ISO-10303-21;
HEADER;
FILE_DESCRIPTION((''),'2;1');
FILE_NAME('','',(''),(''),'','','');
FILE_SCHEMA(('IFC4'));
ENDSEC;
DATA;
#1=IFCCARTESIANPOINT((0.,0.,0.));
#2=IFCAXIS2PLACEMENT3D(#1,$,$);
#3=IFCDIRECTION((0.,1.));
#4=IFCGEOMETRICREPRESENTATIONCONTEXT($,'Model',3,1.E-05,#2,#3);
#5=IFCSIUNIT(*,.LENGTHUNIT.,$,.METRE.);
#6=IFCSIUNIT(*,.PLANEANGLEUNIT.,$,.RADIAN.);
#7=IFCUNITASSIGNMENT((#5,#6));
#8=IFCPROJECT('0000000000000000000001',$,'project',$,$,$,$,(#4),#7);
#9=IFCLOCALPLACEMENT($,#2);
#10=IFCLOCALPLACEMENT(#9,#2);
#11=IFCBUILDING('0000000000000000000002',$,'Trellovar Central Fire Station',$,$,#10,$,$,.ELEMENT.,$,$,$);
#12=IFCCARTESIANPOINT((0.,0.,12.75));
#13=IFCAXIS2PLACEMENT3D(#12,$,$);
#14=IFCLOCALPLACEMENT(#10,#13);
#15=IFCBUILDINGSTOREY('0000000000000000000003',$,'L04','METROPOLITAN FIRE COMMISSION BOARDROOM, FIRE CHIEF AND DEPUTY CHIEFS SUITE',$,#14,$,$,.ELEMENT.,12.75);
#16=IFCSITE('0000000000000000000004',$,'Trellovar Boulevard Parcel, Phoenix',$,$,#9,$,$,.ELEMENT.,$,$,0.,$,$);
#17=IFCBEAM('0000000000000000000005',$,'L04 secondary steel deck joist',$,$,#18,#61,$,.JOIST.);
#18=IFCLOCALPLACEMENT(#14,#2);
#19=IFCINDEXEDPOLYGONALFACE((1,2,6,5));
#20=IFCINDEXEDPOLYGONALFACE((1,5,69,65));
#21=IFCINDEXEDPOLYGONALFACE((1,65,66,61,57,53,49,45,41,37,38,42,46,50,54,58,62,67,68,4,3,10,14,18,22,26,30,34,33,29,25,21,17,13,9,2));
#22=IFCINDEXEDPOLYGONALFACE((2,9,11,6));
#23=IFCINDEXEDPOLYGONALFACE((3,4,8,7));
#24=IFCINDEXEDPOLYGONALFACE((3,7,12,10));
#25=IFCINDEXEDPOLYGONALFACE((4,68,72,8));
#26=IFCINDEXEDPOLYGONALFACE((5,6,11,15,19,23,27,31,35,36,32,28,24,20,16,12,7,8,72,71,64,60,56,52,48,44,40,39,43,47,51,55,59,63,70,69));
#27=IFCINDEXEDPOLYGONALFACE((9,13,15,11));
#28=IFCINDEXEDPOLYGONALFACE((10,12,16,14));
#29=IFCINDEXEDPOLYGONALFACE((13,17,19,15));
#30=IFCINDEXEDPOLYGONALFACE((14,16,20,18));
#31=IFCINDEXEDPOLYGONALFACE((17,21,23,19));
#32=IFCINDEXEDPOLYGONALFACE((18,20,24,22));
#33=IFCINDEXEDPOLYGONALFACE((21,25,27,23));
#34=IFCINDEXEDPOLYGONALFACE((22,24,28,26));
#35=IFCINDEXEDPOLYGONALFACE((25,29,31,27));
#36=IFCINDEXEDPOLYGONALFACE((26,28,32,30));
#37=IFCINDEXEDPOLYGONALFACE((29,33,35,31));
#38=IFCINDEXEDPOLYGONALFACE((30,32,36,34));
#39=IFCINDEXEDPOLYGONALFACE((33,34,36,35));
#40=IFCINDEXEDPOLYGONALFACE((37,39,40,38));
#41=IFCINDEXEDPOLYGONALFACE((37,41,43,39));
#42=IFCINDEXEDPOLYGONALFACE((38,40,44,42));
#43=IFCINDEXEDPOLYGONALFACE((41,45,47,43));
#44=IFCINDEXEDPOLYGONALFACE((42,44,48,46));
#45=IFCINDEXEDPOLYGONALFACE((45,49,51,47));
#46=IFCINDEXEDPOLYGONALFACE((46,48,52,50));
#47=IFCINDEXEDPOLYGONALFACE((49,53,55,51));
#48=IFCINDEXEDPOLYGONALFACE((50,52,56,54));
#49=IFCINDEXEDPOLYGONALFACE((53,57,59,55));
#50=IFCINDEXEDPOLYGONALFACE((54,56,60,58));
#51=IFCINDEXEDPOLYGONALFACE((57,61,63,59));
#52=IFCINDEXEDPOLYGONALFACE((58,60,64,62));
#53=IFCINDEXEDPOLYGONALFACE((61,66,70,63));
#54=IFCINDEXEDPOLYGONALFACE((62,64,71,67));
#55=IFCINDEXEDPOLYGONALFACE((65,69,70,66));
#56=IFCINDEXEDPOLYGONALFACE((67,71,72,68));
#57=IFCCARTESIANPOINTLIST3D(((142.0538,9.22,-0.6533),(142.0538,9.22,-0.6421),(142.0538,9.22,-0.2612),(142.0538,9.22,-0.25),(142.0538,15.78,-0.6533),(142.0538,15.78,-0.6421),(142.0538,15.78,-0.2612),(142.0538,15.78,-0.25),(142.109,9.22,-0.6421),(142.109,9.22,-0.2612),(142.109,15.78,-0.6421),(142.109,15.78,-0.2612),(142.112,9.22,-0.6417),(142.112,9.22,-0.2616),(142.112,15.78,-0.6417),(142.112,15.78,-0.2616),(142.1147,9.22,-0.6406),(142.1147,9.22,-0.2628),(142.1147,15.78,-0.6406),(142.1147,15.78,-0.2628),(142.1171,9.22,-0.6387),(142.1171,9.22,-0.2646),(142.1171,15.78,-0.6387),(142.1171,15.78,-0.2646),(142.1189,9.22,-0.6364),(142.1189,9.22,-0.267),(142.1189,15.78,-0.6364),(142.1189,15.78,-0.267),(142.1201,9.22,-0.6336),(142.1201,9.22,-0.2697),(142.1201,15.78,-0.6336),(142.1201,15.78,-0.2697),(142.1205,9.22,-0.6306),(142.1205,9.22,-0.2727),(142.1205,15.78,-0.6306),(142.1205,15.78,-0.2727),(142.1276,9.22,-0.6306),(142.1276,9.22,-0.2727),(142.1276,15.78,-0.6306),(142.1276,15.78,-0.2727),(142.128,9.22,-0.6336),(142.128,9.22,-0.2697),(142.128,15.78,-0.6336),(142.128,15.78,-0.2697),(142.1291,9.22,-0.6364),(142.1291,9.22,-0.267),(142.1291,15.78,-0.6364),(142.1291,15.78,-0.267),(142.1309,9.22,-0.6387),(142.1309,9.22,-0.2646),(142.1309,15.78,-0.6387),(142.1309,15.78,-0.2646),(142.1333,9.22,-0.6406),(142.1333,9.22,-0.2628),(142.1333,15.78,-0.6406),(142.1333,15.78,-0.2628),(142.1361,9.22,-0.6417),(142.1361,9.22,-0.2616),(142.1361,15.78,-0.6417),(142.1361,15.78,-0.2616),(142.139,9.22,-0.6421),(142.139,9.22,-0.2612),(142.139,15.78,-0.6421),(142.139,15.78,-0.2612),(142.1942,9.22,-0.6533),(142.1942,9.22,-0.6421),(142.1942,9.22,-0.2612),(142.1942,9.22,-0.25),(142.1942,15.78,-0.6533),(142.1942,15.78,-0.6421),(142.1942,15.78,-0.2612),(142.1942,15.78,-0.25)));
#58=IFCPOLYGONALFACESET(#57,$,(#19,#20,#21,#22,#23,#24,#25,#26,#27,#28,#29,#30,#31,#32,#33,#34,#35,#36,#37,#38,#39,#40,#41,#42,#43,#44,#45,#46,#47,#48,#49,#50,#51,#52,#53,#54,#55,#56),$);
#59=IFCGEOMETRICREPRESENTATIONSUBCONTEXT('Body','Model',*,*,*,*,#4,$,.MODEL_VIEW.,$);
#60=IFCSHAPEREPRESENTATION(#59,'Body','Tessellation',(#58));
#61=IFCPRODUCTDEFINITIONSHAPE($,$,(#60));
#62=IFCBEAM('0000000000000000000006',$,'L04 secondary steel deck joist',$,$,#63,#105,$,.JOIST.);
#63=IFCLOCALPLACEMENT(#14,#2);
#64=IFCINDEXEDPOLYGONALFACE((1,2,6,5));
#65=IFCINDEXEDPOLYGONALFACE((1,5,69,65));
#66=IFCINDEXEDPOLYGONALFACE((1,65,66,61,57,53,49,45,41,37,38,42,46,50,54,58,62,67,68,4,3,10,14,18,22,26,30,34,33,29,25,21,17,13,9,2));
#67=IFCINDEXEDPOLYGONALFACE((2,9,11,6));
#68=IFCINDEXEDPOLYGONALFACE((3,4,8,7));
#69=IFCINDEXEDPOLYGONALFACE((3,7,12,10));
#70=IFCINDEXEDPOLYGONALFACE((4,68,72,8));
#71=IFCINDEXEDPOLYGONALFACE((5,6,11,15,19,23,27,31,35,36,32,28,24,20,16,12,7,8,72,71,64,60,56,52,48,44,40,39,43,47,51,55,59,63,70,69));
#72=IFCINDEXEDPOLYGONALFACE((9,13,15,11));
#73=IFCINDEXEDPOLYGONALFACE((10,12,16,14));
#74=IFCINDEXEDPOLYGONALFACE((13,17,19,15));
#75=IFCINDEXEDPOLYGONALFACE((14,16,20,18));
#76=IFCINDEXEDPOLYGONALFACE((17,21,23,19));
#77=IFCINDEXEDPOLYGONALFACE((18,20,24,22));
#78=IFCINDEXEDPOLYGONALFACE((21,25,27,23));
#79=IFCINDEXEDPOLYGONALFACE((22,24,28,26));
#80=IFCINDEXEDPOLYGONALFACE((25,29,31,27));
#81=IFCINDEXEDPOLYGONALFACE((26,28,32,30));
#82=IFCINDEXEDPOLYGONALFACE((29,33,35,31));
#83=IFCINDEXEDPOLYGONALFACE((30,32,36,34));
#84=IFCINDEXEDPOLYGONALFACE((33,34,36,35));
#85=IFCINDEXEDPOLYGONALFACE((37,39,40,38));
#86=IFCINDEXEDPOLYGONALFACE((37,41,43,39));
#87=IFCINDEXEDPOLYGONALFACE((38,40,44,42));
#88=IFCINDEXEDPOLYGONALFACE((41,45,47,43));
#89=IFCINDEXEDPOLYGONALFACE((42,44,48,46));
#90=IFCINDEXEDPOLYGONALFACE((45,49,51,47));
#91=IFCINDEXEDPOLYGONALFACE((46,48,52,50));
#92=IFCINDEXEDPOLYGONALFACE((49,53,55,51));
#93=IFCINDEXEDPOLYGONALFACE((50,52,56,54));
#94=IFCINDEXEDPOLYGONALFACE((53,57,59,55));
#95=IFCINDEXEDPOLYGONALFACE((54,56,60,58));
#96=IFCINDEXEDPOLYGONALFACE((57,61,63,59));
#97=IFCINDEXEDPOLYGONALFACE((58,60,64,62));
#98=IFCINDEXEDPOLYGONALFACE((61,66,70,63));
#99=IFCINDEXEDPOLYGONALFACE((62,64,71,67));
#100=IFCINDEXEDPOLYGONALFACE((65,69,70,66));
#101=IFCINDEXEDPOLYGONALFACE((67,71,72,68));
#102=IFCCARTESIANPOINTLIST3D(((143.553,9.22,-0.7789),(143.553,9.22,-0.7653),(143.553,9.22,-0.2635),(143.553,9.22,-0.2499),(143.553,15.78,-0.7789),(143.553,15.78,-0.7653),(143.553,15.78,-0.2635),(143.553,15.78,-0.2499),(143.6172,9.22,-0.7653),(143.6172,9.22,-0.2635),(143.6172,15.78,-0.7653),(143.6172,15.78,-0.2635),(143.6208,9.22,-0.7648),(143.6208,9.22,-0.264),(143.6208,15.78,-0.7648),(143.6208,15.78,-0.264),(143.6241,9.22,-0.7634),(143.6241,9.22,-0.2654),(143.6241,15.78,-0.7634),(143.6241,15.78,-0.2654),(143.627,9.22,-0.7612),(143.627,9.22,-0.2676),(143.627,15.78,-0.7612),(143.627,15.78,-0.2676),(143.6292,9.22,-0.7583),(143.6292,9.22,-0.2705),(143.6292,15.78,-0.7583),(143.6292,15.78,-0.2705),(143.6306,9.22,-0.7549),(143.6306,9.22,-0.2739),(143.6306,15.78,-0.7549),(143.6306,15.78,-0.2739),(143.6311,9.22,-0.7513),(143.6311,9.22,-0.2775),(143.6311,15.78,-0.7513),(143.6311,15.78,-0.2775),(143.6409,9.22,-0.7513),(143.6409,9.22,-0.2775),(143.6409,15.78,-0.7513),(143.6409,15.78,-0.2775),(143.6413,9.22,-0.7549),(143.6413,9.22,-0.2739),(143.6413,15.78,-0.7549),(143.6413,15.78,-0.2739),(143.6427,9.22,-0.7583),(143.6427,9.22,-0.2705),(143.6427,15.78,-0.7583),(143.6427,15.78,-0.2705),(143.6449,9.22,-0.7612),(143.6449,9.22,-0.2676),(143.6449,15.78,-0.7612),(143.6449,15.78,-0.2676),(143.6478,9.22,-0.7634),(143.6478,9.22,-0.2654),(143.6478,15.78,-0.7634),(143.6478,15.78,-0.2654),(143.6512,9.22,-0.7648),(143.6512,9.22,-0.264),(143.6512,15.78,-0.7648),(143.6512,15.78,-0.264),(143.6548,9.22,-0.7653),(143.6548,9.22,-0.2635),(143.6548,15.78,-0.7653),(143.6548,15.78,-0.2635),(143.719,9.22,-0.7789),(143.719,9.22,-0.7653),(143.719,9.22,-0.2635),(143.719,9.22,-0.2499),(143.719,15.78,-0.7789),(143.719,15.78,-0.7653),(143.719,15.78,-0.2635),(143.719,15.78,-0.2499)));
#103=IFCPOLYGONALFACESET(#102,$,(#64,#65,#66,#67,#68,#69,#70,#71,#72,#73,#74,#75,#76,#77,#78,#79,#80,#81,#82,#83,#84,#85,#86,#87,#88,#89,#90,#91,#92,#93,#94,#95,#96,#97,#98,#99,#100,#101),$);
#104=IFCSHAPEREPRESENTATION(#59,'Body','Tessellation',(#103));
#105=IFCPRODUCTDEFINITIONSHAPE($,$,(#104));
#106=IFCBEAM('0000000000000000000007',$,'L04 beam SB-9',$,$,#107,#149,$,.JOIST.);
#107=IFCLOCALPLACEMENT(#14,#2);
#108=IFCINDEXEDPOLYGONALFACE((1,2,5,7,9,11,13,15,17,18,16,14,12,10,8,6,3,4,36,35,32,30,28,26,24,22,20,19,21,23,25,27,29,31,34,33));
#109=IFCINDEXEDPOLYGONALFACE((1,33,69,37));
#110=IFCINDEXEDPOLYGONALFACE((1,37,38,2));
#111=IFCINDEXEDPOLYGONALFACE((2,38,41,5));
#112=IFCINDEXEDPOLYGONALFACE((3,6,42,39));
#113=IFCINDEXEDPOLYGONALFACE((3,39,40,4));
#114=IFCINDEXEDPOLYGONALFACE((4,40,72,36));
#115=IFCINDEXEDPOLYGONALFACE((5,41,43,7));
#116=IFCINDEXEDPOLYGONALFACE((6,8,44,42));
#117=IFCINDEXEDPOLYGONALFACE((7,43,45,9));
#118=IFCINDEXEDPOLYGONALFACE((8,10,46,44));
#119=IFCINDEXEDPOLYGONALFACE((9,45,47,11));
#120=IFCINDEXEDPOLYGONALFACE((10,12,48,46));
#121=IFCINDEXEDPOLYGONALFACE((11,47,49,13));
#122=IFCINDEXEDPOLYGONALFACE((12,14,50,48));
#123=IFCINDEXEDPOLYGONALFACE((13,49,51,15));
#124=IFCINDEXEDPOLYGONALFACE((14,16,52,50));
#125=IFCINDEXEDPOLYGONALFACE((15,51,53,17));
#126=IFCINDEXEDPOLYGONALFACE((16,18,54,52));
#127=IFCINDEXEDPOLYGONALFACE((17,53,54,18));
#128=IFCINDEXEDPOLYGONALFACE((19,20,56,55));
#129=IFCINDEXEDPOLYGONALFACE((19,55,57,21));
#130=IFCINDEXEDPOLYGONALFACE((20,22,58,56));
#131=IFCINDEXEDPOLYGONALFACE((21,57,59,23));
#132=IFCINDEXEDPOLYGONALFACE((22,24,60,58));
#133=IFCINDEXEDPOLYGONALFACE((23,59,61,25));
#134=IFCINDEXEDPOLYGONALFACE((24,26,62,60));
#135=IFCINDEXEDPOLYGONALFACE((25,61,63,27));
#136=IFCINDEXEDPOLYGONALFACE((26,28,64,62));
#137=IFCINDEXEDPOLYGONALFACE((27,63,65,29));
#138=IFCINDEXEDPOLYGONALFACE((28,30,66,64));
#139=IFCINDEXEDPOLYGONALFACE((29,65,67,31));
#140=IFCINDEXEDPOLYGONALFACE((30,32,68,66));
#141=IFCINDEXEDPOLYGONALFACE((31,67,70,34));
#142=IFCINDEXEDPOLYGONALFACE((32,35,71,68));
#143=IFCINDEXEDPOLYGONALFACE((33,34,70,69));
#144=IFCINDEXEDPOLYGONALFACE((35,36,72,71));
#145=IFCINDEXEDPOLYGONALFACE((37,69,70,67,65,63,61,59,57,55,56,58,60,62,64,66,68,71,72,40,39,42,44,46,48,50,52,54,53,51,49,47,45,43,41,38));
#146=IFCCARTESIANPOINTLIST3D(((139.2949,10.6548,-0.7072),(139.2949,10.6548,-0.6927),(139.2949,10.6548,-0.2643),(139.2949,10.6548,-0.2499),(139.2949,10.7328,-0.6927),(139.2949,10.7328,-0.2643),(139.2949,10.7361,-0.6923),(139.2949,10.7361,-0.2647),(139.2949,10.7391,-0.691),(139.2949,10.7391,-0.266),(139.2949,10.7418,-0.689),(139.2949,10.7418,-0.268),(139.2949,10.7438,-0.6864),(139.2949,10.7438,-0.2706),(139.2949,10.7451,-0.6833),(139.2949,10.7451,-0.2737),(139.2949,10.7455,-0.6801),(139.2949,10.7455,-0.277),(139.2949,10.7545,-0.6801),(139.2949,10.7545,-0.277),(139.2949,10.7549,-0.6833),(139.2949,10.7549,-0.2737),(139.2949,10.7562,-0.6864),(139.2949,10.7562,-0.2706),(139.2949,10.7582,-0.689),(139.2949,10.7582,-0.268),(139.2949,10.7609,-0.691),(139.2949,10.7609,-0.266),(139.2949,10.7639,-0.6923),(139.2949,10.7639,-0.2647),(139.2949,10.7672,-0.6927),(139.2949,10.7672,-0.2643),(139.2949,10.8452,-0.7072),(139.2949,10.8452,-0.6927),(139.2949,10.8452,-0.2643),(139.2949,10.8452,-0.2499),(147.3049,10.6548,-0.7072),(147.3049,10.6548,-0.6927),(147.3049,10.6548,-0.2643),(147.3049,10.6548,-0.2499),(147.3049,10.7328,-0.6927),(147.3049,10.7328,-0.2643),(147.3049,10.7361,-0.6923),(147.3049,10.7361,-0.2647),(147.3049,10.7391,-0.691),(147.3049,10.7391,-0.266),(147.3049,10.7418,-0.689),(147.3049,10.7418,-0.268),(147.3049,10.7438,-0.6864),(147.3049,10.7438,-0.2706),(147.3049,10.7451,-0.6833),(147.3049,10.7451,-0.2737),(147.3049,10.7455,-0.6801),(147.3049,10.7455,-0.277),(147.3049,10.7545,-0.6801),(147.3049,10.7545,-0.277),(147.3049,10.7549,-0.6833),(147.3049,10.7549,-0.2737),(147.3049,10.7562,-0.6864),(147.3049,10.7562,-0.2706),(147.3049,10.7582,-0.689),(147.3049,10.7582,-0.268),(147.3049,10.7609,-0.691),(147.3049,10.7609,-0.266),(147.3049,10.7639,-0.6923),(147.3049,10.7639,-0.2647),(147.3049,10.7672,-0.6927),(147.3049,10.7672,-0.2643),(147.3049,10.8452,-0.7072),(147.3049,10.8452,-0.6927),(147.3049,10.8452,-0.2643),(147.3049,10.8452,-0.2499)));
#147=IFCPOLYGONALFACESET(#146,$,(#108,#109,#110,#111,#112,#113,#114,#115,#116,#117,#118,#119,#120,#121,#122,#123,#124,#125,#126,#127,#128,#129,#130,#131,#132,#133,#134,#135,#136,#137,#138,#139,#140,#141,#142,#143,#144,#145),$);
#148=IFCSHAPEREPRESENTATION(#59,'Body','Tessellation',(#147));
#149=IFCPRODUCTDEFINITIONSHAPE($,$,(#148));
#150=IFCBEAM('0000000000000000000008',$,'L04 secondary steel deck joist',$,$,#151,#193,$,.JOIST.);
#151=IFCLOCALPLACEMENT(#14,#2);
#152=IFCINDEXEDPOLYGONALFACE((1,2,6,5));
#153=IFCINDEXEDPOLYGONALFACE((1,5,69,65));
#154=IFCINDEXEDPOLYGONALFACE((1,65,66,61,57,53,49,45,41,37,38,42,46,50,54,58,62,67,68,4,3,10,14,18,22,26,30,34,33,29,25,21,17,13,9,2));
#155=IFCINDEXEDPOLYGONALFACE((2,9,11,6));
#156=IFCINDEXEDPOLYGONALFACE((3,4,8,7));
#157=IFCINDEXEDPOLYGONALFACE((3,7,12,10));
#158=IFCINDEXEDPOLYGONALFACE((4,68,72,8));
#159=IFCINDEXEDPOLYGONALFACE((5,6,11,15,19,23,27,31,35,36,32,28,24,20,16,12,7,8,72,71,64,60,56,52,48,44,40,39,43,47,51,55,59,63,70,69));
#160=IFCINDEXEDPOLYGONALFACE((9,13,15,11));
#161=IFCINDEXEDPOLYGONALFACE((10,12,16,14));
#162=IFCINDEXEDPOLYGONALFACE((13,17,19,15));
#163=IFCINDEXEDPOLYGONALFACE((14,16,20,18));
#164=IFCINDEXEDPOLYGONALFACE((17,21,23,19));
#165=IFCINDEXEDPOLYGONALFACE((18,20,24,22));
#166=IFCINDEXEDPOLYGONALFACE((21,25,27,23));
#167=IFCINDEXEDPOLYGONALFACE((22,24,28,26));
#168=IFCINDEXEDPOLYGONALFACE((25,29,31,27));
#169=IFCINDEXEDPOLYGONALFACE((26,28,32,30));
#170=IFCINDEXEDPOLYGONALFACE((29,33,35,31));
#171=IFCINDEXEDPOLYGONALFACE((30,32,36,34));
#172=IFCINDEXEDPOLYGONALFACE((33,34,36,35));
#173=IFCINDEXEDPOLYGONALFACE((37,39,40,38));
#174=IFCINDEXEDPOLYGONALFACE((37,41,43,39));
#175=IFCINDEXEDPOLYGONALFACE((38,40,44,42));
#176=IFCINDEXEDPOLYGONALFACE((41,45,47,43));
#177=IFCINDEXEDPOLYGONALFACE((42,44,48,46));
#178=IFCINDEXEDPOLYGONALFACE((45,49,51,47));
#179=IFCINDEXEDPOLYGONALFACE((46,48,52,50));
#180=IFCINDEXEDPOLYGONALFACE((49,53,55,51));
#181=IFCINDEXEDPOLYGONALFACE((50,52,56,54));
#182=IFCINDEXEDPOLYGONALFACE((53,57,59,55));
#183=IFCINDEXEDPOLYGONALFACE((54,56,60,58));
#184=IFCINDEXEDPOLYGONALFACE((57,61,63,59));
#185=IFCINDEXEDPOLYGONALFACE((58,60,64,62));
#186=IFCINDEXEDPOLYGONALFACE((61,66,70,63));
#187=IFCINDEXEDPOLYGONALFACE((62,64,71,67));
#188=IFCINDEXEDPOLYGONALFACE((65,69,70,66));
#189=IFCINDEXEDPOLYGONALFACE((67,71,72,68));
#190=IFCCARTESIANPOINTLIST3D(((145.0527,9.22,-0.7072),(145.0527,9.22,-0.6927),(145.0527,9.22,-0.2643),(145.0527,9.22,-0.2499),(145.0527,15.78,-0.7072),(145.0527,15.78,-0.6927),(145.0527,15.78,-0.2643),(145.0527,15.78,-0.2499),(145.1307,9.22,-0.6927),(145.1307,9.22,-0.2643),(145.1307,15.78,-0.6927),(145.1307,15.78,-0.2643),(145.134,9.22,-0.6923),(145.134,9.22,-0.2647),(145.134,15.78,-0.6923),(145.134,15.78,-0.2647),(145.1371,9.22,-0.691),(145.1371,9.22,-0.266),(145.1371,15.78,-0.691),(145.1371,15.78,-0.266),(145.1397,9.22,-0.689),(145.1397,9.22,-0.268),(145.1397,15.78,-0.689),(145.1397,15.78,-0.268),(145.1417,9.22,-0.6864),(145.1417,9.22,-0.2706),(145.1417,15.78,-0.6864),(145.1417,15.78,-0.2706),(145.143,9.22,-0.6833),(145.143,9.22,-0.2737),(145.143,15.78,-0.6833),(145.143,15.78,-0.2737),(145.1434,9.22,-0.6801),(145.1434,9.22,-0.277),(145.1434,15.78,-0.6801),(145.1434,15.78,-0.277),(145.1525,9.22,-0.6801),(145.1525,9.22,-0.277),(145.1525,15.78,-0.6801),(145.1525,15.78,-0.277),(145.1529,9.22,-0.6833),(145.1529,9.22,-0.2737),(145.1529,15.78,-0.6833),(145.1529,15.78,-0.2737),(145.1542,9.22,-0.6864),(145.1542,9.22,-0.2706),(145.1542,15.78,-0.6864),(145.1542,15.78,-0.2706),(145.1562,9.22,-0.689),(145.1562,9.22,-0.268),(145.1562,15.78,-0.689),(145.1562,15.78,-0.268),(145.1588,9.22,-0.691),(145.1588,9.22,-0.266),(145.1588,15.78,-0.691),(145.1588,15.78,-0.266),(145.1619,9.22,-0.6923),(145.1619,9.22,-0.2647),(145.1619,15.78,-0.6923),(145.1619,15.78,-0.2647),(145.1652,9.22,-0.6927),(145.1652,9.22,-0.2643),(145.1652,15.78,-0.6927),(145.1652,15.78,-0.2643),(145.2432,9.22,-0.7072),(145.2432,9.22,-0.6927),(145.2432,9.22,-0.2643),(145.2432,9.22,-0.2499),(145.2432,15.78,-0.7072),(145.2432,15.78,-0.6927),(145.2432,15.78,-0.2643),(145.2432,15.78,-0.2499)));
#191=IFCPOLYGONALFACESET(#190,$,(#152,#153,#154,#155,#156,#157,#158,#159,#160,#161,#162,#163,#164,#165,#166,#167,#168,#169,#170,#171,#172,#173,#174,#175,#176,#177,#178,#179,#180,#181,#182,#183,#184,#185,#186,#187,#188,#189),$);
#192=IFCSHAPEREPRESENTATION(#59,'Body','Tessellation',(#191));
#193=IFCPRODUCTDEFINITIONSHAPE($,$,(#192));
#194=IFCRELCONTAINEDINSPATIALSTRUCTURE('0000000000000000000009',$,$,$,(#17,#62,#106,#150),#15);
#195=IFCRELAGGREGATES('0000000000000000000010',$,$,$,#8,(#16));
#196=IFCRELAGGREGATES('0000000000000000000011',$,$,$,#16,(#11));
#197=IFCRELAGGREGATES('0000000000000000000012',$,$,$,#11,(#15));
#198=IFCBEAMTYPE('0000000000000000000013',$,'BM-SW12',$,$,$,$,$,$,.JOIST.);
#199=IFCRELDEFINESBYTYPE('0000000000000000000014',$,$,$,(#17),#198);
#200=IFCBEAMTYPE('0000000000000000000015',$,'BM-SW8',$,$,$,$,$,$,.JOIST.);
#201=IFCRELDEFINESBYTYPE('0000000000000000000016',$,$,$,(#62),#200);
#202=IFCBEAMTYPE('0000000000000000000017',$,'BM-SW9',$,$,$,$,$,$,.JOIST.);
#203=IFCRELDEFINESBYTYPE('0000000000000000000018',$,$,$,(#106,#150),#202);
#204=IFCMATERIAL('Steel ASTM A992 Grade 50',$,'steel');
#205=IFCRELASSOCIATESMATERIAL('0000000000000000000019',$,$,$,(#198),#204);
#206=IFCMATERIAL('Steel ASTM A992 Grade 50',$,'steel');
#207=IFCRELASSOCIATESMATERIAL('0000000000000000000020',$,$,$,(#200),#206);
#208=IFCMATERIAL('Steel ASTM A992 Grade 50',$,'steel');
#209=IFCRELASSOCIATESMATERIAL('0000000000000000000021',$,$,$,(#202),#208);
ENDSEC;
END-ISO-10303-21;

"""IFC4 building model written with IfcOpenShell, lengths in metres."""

from ifc_helpers import new_model, si_unit, direction, frame, origin, origin_2d, place, context, subcontext, project, spatial, i_section, extrude, material, material_profile, profile_set, type_object, element, save


model = new_model("IFC4")

# Units and contexts
model_context = context("Model", 3, precision=1e-05, world=origin(), true_north=direction((0.0, 1.0)))
body_context = subcontext(model_context, "Body", "Model", "MODEL_VIEW")
ifc_project = project(units=[si_unit("LENGTHUNIT", "METRE"), si_unit("PLANEANGLEUNIT", "RADIAN")], contexts=[model_context])

# Site, building, storey
site_placement = place(None, origin())
site = spatial("IfcSite", under=ifc_project, at=site_placement, Name="Trellovar Boulevard Parcel, Phoenix", CompositionType="ELEMENT", RefElevation=0.0)
building_placement = place(site_placement, origin())
building = spatial("IfcBuilding", under=site, at=building_placement, Name="Trellovar Central Fire Station", CompositionType="ELEMENT")
storey_placement = place(building_placement, frame((0.0, 0.0, 12.75)))
storey = spatial("IfcBuildingStorey", under=building, at=storey_placement, Name="L04", Description="METROPOLITAN FIRE COMMISSION BOARDROOM, FIRE CHIEF AND DEPUTY CHIEFS SUITE", CompositionType="ELEMENT", Elevation=12.75)

# Beams
ifc_material_1 = material(Name="Steel ASTM A992 Grade 50", Category="steel")
ifc_material_profile_1 = material_profile(ifc_material_1, i_section(OverallWidth=0.1404, OverallDepth=0.4033, WebThickness=0.0071, FlangeThickness=0.0112, FilletRadius=0.0115, at=origin_2d()), Name="W16X31")
ifc_profile_set_1 = profile_set([ifc_material_profile_1], Name="Steel ASTM A992 Grade 50")
beam_type_1 = type_object("IfcBeamType", Name="BM-SW12", PredefinedType="JOIST", material=ifc_profile_set_1)
beam_1_placement = place(storey_placement, frame((142.124, 9.22, -0.4517), z_axis=(0.0, 1.0, 0.0), x_axis=(-1.0, 0.0, 0.0)))
element("IfcBeam", 1, at=beam_1_placement, inside=storey, type_object=beam_type_1, Name="L04 secondary steel deck joist", PredefinedType="JOIST", context=body_context, shape_type="SweptSolid", body=[
    extrude(i_section(OverallWidth=0.1404, OverallDepth=0.4033, WebThickness=0.0071, FlangeThickness=0.0112, FilletRadius=0.0115, at=origin_2d()), origin(), (0.0, 0.0, 1.0), 6.5601),
])
ifc_material_2 = material(Name="Steel ASTM A992 Grade 50", Category="steel")
ifc_material_profile_2 = material_profile(ifc_material_2, i_section(OverallWidth=0.166, OverallDepth=0.5291, WebThickness=0.0098, FlangeThickness=0.0137, FilletRadius=0.0139, at=origin_2d()), Name="W21X50")
ifc_profile_set_2 = profile_set([ifc_material_profile_2], Name="Steel ASTM A992 Grade 50")
beam_type_2 = type_object("IfcBeamType", Name="BM-SW8", PredefinedType="JOIST", material=ifc_profile_set_2)
beam_2_placement = place(storey_placement, frame((143.636, 9.22, -0.5144), z_axis=(0.0, 1.0, 0.0), x_axis=(-1.0, 0.0, 0.0)))
element("IfcBeam", 2, at=beam_2_placement, inside=storey, type_object=beam_type_2, Name="L04 secondary steel deck joist", PredefinedType="JOIST", context=body_context, shape_type="SweptSolid", body=[
    extrude(i_section(OverallWidth=0.166, OverallDepth=0.5291, WebThickness=0.0098, FlangeThickness=0.0137, FilletRadius=0.0139, at=origin_2d()), origin(), (0.0, 0.0, 1.0), 6.5601),
])
ifc_material_3 = material(Name="Steel ASTM A992 Grade 50", Category="steel")
ifc_material_profile_3 = material_profile(ifc_material_3, i_section(OverallWidth=0.1904, OverallDepth=0.4573, WebThickness=0.009, FlangeThickness=0.0144, FilletRadius=0.0127, at=origin_2d()), Name="W18X50")
ifc_profile_set_3 = profile_set([ifc_material_profile_3], Name="Steel ASTM A992 Grade 50")
beam_type_3 = type_object("IfcBeamType", Name="BM-SW9", PredefinedType="JOIST", material=ifc_profile_set_3)
beam_3_placement = place(storey_placement, frame((139.2949, 10.75, -0.4785), z_axis=(1.0, 0.0, 0.0), x_axis=(0.0, 1.0, 0.0)))
element("IfcBeam", 3, at=beam_3_placement, inside=storey, type_object=beam_type_3, Name="L04 beam SB-9", PredefinedType="JOIST", context=body_context, shape_type="SweptSolid", body=[
    extrude(i_section(OverallWidth=0.1904, OverallDepth=0.4573, WebThickness=0.009, FlangeThickness=0.0144, FilletRadius=0.0127, at=origin_2d()), origin(), (0.0, 0.0, 1.0), 8.01),
])
beam_4_placement = place(storey_placement, frame((145.1479, 9.22, -0.4785), z_axis=(0.0, 1.0, 0.0), x_axis=(-1.0, 0.0, 0.0)))
element("IfcBeam", 4, at=beam_4_placement, inside=storey, type_object=beam_type_3, Name="L04 secondary steel deck joist", PredefinedType="JOIST", context=body_context, shape_type="SweptSolid", body=[
    extrude(i_section(OverallWidth=0.1904, OverallDepth=0.4573, WebThickness=0.009, FlangeThickness=0.0144, FilletRadius=0.0127, at=origin_2d()), origin(), (0.0, 0.0, 1.0), 6.5601),
])

save(model, "model.ifc")
